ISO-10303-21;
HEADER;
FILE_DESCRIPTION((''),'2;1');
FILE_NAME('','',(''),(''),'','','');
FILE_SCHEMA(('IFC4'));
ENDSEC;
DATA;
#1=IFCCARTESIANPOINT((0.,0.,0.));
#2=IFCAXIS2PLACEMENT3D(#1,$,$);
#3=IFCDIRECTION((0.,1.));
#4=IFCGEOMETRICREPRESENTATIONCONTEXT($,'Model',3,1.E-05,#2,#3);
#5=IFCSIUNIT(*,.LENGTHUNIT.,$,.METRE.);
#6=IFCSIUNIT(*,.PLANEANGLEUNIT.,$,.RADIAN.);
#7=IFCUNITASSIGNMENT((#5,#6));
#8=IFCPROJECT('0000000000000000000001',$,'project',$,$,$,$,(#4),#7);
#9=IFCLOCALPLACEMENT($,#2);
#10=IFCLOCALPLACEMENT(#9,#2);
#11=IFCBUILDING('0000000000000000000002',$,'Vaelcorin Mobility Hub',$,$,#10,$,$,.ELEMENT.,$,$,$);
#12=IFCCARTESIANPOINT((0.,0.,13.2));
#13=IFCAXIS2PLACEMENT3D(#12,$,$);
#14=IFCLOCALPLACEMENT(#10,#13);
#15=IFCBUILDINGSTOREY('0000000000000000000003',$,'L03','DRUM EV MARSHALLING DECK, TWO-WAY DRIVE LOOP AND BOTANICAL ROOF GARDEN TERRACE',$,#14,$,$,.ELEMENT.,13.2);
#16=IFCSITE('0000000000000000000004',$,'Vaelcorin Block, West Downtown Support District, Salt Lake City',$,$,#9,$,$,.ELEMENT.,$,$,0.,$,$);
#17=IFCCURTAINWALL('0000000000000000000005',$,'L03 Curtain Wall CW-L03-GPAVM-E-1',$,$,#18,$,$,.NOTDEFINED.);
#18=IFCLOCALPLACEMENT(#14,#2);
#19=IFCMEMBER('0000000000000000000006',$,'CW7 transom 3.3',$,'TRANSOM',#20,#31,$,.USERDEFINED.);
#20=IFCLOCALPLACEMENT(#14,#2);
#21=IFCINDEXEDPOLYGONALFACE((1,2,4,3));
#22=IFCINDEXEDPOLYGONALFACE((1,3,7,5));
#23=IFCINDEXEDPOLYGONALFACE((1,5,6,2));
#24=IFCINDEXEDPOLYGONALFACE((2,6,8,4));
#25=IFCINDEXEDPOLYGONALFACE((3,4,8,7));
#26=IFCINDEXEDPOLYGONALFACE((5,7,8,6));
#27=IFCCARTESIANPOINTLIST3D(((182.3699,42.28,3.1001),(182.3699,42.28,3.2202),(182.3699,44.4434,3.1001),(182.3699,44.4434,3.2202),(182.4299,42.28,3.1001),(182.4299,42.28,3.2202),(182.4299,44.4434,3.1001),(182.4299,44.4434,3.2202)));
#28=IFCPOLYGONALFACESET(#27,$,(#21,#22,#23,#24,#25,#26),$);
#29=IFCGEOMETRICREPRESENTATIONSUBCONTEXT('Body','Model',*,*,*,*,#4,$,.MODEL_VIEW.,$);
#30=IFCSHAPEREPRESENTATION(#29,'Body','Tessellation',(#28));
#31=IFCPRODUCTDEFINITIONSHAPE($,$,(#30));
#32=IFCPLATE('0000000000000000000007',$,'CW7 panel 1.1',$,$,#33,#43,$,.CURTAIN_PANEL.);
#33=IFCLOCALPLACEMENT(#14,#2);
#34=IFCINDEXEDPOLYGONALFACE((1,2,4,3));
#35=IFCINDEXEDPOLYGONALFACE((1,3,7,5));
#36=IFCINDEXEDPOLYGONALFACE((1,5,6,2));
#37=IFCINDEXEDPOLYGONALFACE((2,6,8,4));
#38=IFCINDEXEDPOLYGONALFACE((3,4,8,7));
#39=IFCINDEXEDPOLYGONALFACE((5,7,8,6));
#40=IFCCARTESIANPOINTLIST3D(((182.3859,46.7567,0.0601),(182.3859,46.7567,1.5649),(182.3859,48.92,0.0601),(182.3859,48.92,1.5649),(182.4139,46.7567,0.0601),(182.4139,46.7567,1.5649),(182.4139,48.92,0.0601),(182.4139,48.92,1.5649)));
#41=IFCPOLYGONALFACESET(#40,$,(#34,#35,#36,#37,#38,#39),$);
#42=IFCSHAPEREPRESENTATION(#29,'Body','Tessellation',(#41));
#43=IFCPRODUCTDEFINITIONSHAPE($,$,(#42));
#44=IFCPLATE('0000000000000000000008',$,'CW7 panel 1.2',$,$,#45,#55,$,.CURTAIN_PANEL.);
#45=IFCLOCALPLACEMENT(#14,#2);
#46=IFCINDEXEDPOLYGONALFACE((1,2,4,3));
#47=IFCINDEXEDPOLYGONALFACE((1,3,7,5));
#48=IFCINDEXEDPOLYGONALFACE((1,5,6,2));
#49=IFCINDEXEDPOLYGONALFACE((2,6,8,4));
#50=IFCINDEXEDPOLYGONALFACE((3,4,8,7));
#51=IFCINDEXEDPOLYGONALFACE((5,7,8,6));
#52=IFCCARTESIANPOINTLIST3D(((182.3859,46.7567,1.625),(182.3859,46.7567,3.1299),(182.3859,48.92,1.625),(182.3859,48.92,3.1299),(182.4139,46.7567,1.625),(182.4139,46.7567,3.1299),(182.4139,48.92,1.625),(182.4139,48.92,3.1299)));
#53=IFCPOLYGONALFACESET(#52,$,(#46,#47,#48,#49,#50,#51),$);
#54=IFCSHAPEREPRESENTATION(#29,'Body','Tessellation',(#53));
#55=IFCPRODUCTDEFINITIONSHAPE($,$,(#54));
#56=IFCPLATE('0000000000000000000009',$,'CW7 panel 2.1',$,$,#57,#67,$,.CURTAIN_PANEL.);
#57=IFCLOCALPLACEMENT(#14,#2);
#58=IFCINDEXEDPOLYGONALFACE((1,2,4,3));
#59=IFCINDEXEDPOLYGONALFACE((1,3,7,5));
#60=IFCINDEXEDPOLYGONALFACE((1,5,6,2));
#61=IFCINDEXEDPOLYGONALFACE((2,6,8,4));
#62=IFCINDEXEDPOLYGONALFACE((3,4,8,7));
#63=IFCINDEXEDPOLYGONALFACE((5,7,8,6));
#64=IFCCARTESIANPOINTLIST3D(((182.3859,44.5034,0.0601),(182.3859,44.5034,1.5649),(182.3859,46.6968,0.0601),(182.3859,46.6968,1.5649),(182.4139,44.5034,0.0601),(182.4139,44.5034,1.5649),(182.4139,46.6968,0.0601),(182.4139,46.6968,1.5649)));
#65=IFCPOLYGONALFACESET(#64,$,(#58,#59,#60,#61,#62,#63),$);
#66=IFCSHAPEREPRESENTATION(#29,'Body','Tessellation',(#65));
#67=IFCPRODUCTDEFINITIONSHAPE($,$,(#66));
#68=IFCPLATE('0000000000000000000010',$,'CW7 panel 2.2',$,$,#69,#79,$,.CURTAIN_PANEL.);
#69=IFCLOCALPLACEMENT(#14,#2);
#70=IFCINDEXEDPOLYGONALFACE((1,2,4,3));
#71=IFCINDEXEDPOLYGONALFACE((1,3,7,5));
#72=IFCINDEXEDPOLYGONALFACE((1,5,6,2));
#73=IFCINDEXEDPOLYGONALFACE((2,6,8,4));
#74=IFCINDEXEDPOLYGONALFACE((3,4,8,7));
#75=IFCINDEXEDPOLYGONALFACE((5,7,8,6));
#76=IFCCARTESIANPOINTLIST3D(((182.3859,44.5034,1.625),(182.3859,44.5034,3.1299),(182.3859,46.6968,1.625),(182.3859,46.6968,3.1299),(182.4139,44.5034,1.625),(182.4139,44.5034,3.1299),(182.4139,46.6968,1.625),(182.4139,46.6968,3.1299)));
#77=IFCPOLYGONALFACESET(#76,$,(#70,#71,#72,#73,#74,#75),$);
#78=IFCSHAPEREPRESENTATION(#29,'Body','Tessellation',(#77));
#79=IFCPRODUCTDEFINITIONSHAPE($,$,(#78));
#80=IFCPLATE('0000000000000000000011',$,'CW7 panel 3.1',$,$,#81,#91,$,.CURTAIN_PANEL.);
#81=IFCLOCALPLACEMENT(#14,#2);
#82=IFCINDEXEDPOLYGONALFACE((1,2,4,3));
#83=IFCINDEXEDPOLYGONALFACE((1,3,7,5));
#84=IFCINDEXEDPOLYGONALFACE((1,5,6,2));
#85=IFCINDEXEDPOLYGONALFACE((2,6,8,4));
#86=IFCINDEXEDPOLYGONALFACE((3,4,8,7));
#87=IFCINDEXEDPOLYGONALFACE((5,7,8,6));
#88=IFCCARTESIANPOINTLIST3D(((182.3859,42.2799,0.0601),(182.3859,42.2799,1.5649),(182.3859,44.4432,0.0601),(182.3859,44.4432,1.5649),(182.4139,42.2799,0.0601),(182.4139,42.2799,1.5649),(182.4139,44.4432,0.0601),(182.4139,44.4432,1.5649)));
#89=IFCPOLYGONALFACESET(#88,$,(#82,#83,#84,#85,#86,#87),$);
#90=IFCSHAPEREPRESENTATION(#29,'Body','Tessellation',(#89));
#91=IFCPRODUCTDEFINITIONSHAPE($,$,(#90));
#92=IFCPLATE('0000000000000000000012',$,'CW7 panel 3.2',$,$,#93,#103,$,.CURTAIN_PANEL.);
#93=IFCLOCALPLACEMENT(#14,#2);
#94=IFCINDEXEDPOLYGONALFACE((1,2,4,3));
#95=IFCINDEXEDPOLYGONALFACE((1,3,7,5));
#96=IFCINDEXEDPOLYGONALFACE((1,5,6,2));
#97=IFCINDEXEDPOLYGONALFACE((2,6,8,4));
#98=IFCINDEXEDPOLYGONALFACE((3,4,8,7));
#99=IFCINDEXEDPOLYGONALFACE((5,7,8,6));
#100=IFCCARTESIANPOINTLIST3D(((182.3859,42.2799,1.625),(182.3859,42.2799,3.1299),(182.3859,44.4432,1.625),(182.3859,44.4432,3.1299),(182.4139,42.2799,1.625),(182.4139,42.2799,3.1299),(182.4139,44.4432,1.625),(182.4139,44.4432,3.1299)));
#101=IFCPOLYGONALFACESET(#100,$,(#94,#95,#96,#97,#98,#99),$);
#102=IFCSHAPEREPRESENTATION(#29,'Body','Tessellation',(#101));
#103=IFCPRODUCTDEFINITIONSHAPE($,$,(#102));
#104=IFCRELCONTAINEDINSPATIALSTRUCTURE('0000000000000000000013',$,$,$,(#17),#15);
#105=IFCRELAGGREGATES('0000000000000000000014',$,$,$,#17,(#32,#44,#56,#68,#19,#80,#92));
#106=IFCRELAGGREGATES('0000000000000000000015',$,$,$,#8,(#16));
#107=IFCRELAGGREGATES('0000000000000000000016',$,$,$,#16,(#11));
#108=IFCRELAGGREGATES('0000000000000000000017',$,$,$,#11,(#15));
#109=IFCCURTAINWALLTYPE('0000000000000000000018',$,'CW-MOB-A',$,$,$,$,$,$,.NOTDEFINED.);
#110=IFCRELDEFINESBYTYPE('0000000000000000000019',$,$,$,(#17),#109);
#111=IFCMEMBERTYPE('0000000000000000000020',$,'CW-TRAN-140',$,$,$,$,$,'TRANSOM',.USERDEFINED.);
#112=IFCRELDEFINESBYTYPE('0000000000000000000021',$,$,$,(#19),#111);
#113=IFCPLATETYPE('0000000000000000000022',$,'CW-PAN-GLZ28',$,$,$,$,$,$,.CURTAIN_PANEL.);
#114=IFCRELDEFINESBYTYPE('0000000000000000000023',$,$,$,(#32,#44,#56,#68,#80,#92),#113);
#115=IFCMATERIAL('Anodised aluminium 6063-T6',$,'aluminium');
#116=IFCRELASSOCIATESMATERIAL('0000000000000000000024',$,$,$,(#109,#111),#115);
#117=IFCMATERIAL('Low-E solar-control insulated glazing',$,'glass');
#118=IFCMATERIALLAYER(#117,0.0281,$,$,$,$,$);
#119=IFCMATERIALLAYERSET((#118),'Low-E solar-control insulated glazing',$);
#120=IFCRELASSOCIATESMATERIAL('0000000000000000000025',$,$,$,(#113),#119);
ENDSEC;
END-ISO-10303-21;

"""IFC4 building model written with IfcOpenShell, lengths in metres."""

from ifc_helpers import new_model, si_unit, direction, frame, origin, origin_2d, place, context, subcontext, project, spatial, rectangle, extrude, material, layer, layer_set, material_profile, profile_set, type_object, element, aggregate, save


model = new_model("IFC4")

# Units and contexts
model_context = context("Model", 3, precision=1e-05, world=origin(), true_north=direction((0.0, 1.0)))
body_context = subcontext(model_context, "Body", "Model", "MODEL_VIEW")
ifc_project = project(units=[si_unit("LENGTHUNIT", "METRE"), si_unit("PLANEANGLEUNIT", "RADIAN")], contexts=[model_context])

# Site, building, storey
site_placement = place(None, origin())
site = spatial("IfcSite", under=ifc_project, at=site_placement, Name="Vaelcorin Block, West Downtown Support District, Salt Lake City", CompositionType="ELEMENT", RefElevation=0.0)
building_placement = place(site_placement, origin())
building = spatial("IfcBuilding", under=site, at=building_placement, Name="Vaelcorin Mobility Hub", CompositionType="ELEMENT")
storey_placement = place(building_placement, frame((0.0, 0.0, 13.2)))
storey = spatial("IfcBuildingStorey", under=building, at=storey_placement, Name="L03", Description="DRUM EV MARSHALLING DECK, TWO-WAY DRIVE LOOP AND BOTANICAL ROOF GARDEN TERRACE", CompositionType="ELEMENT", Elevation=13.2)

# Curtain wall, member, plates
ifc_material_1 = material(Name="Anodised aluminium 6063-T6", Category="aluminium")
curtain_wall_type = type_object("IfcCurtainWallType", Name="CW-MOB-A", PredefinedType="NOTDEFINED", material=ifc_material_1)
curtain_wall_placement = place(storey_placement, origin())
curtain_wall = element("IfcCurtainWall", 1, at=curtain_wall_placement, inside=storey, type_object=curtain_wall_type, Name="L03 Curtain Wall CW-L03-GPAVM-E-1", PredefinedType="NOTDEFINED")
ifc_material_profile_1 = material_profile(ifc_material_1, rectangle(XDim=0.0601, YDim=0.1201, at=origin_2d()), Name="ALU-T60X120")
ifc_profile_set_1 = profile_set([ifc_material_profile_1], Name="Anodised aluminium 6063-T6")
member_type_1 = type_object("IfcMemberType", Name="CW-TRAN-140", ElementType="TRANSOM", PredefinedType="USERDEFINED", material=ifc_profile_set_1)
member_1_placement = place(storey_placement, frame((182.3999, 44.4434, 3.1602), z_axis=(0.0, -1.0, 0.0), x_axis=(1.0, 0.0, 0.0)))
member_1 = element("IfcMember", 2, at=member_1_placement, type_object=member_type_1, Name="CW7 transom 3.3", ObjectType="TRANSOM", PredefinedType="USERDEFINED", context=body_context, shape_type="SweptSolid", body=[
    extrude(rectangle(XDim=0.0601, YDim=0.1201, at=origin_2d()), origin(), (0.0, 0.0, 1.0), 2.1633),
])
ifc_material_2 = material(Name="Low-E solar-control insulated glazing", Category="glass")
ifc_layer = layer(ifc_material_2, 0.0281)
ifc_layer_set = layer_set([ifc_layer], Name="Low-E solar-control insulated glazing")
plate_type = type_object("IfcPlateType", Name="CW-PAN-GLZ28", PredefinedType="CURTAIN_PANEL", material=ifc_layer_set)
plate_1_placement = place(storey_placement, frame((182.3999, 47.8384, 0.0601), z_axis=(0.0, 0.0, 1.0), x_axis=(0.0, -1.0, 0.0)))
plate_1 = element("IfcPlate", 3, at=plate_1_placement, type_object=plate_type, Name="CW7 panel 1.1", PredefinedType="CURTAIN_PANEL", context=body_context, shape_type="SweptSolid", body=[
    extrude(rectangle(XDim=2.1633, YDim=0.0281, at=origin_2d()), origin(), (0.0, 0.0, 1.0), 1.5049),
])
plate_2_placement = place(storey_placement, frame((182.3999, 47.8384, 1.625), z_axis=(0.0, 0.0, 1.0), x_axis=(0.0, -1.0, 0.0)))
plate_2 = element("IfcPlate", 4, at=plate_2_placement, type_object=plate_type, Name="CW7 panel 1.2", PredefinedType="CURTAIN_PANEL", context=body_context, shape_type="SweptSolid", body=[
    extrude(rectangle(XDim=2.1633, YDim=0.0281, at=origin_2d()), origin(), (0.0, 0.0, 1.0), 1.5049),
])
plate_3_placement = place(storey_placement, frame((182.3999, 45.6001, 0.0601), z_axis=(0.0, 0.0, 1.0), x_axis=(0.0, -1.0, 0.0)))
plate_3 = element("IfcPlate", 5, at=plate_3_placement, type_object=plate_type, Name="CW7 panel 2.1", PredefinedType="CURTAIN_PANEL", context=body_context, shape_type="SweptSolid", body=[
    extrude(rectangle(XDim=2.1934, YDim=0.0281, at=origin_2d()), origin(), (0.0, 0.0, 1.0), 1.5049),
])
plate_4_placement = place(storey_placement, frame((182.3999, 45.6001, 1.625), z_axis=(0.0, 0.0, 1.0), x_axis=(0.0, -1.0, 0.0)))
plate_4 = element("IfcPlate", 6, at=plate_4_placement, type_object=plate_type, Name="CW7 panel 2.2", PredefinedType="CURTAIN_PANEL", context=body_context, shape_type="SweptSolid", body=[
    extrude(rectangle(XDim=2.1934, YDim=0.0281, at=origin_2d()), origin(), (0.0, 0.0, 1.0), 1.5049),
])
plate_5_placement = place(storey_placement, frame((182.3999, 43.3616, 0.0601), z_axis=(0.0, 0.0, 1.0), x_axis=(0.0, -1.0, 0.0)))
plate_5 = element("IfcPlate", 7, at=plate_5_placement, type_object=plate_type, Name="CW7 panel 3.1", PredefinedType="CURTAIN_PANEL", context=body_context, shape_type="SweptSolid", body=[
    extrude(rectangle(XDim=2.1633, YDim=0.0281, at=origin_2d()), origin(), (0.0, 0.0, 1.0), 1.5049),
])
plate_6_placement = place(storey_placement, frame((182.3999, 43.3616, 1.625), z_axis=(0.0, 0.0, 1.0), x_axis=(0.0, -1.0, 0.0)))
plate_6 = element("IfcPlate", 8, at=plate_6_placement, type_object=plate_type, Name="CW7 panel 3.2", PredefinedType="CURTAIN_PANEL", context=body_context, shape_type="SweptSolid", body=[
    extrude(rectangle(XDim=2.1633, YDim=0.0281, at=origin_2d()), origin(), (0.0, 0.0, 1.0), 1.5049),
])
aggregate(curtain_wall, [plate_1, plate_2, plate_3, plate_4, member_1, plate_5, plate_6])

save(model, "model.ifc")
